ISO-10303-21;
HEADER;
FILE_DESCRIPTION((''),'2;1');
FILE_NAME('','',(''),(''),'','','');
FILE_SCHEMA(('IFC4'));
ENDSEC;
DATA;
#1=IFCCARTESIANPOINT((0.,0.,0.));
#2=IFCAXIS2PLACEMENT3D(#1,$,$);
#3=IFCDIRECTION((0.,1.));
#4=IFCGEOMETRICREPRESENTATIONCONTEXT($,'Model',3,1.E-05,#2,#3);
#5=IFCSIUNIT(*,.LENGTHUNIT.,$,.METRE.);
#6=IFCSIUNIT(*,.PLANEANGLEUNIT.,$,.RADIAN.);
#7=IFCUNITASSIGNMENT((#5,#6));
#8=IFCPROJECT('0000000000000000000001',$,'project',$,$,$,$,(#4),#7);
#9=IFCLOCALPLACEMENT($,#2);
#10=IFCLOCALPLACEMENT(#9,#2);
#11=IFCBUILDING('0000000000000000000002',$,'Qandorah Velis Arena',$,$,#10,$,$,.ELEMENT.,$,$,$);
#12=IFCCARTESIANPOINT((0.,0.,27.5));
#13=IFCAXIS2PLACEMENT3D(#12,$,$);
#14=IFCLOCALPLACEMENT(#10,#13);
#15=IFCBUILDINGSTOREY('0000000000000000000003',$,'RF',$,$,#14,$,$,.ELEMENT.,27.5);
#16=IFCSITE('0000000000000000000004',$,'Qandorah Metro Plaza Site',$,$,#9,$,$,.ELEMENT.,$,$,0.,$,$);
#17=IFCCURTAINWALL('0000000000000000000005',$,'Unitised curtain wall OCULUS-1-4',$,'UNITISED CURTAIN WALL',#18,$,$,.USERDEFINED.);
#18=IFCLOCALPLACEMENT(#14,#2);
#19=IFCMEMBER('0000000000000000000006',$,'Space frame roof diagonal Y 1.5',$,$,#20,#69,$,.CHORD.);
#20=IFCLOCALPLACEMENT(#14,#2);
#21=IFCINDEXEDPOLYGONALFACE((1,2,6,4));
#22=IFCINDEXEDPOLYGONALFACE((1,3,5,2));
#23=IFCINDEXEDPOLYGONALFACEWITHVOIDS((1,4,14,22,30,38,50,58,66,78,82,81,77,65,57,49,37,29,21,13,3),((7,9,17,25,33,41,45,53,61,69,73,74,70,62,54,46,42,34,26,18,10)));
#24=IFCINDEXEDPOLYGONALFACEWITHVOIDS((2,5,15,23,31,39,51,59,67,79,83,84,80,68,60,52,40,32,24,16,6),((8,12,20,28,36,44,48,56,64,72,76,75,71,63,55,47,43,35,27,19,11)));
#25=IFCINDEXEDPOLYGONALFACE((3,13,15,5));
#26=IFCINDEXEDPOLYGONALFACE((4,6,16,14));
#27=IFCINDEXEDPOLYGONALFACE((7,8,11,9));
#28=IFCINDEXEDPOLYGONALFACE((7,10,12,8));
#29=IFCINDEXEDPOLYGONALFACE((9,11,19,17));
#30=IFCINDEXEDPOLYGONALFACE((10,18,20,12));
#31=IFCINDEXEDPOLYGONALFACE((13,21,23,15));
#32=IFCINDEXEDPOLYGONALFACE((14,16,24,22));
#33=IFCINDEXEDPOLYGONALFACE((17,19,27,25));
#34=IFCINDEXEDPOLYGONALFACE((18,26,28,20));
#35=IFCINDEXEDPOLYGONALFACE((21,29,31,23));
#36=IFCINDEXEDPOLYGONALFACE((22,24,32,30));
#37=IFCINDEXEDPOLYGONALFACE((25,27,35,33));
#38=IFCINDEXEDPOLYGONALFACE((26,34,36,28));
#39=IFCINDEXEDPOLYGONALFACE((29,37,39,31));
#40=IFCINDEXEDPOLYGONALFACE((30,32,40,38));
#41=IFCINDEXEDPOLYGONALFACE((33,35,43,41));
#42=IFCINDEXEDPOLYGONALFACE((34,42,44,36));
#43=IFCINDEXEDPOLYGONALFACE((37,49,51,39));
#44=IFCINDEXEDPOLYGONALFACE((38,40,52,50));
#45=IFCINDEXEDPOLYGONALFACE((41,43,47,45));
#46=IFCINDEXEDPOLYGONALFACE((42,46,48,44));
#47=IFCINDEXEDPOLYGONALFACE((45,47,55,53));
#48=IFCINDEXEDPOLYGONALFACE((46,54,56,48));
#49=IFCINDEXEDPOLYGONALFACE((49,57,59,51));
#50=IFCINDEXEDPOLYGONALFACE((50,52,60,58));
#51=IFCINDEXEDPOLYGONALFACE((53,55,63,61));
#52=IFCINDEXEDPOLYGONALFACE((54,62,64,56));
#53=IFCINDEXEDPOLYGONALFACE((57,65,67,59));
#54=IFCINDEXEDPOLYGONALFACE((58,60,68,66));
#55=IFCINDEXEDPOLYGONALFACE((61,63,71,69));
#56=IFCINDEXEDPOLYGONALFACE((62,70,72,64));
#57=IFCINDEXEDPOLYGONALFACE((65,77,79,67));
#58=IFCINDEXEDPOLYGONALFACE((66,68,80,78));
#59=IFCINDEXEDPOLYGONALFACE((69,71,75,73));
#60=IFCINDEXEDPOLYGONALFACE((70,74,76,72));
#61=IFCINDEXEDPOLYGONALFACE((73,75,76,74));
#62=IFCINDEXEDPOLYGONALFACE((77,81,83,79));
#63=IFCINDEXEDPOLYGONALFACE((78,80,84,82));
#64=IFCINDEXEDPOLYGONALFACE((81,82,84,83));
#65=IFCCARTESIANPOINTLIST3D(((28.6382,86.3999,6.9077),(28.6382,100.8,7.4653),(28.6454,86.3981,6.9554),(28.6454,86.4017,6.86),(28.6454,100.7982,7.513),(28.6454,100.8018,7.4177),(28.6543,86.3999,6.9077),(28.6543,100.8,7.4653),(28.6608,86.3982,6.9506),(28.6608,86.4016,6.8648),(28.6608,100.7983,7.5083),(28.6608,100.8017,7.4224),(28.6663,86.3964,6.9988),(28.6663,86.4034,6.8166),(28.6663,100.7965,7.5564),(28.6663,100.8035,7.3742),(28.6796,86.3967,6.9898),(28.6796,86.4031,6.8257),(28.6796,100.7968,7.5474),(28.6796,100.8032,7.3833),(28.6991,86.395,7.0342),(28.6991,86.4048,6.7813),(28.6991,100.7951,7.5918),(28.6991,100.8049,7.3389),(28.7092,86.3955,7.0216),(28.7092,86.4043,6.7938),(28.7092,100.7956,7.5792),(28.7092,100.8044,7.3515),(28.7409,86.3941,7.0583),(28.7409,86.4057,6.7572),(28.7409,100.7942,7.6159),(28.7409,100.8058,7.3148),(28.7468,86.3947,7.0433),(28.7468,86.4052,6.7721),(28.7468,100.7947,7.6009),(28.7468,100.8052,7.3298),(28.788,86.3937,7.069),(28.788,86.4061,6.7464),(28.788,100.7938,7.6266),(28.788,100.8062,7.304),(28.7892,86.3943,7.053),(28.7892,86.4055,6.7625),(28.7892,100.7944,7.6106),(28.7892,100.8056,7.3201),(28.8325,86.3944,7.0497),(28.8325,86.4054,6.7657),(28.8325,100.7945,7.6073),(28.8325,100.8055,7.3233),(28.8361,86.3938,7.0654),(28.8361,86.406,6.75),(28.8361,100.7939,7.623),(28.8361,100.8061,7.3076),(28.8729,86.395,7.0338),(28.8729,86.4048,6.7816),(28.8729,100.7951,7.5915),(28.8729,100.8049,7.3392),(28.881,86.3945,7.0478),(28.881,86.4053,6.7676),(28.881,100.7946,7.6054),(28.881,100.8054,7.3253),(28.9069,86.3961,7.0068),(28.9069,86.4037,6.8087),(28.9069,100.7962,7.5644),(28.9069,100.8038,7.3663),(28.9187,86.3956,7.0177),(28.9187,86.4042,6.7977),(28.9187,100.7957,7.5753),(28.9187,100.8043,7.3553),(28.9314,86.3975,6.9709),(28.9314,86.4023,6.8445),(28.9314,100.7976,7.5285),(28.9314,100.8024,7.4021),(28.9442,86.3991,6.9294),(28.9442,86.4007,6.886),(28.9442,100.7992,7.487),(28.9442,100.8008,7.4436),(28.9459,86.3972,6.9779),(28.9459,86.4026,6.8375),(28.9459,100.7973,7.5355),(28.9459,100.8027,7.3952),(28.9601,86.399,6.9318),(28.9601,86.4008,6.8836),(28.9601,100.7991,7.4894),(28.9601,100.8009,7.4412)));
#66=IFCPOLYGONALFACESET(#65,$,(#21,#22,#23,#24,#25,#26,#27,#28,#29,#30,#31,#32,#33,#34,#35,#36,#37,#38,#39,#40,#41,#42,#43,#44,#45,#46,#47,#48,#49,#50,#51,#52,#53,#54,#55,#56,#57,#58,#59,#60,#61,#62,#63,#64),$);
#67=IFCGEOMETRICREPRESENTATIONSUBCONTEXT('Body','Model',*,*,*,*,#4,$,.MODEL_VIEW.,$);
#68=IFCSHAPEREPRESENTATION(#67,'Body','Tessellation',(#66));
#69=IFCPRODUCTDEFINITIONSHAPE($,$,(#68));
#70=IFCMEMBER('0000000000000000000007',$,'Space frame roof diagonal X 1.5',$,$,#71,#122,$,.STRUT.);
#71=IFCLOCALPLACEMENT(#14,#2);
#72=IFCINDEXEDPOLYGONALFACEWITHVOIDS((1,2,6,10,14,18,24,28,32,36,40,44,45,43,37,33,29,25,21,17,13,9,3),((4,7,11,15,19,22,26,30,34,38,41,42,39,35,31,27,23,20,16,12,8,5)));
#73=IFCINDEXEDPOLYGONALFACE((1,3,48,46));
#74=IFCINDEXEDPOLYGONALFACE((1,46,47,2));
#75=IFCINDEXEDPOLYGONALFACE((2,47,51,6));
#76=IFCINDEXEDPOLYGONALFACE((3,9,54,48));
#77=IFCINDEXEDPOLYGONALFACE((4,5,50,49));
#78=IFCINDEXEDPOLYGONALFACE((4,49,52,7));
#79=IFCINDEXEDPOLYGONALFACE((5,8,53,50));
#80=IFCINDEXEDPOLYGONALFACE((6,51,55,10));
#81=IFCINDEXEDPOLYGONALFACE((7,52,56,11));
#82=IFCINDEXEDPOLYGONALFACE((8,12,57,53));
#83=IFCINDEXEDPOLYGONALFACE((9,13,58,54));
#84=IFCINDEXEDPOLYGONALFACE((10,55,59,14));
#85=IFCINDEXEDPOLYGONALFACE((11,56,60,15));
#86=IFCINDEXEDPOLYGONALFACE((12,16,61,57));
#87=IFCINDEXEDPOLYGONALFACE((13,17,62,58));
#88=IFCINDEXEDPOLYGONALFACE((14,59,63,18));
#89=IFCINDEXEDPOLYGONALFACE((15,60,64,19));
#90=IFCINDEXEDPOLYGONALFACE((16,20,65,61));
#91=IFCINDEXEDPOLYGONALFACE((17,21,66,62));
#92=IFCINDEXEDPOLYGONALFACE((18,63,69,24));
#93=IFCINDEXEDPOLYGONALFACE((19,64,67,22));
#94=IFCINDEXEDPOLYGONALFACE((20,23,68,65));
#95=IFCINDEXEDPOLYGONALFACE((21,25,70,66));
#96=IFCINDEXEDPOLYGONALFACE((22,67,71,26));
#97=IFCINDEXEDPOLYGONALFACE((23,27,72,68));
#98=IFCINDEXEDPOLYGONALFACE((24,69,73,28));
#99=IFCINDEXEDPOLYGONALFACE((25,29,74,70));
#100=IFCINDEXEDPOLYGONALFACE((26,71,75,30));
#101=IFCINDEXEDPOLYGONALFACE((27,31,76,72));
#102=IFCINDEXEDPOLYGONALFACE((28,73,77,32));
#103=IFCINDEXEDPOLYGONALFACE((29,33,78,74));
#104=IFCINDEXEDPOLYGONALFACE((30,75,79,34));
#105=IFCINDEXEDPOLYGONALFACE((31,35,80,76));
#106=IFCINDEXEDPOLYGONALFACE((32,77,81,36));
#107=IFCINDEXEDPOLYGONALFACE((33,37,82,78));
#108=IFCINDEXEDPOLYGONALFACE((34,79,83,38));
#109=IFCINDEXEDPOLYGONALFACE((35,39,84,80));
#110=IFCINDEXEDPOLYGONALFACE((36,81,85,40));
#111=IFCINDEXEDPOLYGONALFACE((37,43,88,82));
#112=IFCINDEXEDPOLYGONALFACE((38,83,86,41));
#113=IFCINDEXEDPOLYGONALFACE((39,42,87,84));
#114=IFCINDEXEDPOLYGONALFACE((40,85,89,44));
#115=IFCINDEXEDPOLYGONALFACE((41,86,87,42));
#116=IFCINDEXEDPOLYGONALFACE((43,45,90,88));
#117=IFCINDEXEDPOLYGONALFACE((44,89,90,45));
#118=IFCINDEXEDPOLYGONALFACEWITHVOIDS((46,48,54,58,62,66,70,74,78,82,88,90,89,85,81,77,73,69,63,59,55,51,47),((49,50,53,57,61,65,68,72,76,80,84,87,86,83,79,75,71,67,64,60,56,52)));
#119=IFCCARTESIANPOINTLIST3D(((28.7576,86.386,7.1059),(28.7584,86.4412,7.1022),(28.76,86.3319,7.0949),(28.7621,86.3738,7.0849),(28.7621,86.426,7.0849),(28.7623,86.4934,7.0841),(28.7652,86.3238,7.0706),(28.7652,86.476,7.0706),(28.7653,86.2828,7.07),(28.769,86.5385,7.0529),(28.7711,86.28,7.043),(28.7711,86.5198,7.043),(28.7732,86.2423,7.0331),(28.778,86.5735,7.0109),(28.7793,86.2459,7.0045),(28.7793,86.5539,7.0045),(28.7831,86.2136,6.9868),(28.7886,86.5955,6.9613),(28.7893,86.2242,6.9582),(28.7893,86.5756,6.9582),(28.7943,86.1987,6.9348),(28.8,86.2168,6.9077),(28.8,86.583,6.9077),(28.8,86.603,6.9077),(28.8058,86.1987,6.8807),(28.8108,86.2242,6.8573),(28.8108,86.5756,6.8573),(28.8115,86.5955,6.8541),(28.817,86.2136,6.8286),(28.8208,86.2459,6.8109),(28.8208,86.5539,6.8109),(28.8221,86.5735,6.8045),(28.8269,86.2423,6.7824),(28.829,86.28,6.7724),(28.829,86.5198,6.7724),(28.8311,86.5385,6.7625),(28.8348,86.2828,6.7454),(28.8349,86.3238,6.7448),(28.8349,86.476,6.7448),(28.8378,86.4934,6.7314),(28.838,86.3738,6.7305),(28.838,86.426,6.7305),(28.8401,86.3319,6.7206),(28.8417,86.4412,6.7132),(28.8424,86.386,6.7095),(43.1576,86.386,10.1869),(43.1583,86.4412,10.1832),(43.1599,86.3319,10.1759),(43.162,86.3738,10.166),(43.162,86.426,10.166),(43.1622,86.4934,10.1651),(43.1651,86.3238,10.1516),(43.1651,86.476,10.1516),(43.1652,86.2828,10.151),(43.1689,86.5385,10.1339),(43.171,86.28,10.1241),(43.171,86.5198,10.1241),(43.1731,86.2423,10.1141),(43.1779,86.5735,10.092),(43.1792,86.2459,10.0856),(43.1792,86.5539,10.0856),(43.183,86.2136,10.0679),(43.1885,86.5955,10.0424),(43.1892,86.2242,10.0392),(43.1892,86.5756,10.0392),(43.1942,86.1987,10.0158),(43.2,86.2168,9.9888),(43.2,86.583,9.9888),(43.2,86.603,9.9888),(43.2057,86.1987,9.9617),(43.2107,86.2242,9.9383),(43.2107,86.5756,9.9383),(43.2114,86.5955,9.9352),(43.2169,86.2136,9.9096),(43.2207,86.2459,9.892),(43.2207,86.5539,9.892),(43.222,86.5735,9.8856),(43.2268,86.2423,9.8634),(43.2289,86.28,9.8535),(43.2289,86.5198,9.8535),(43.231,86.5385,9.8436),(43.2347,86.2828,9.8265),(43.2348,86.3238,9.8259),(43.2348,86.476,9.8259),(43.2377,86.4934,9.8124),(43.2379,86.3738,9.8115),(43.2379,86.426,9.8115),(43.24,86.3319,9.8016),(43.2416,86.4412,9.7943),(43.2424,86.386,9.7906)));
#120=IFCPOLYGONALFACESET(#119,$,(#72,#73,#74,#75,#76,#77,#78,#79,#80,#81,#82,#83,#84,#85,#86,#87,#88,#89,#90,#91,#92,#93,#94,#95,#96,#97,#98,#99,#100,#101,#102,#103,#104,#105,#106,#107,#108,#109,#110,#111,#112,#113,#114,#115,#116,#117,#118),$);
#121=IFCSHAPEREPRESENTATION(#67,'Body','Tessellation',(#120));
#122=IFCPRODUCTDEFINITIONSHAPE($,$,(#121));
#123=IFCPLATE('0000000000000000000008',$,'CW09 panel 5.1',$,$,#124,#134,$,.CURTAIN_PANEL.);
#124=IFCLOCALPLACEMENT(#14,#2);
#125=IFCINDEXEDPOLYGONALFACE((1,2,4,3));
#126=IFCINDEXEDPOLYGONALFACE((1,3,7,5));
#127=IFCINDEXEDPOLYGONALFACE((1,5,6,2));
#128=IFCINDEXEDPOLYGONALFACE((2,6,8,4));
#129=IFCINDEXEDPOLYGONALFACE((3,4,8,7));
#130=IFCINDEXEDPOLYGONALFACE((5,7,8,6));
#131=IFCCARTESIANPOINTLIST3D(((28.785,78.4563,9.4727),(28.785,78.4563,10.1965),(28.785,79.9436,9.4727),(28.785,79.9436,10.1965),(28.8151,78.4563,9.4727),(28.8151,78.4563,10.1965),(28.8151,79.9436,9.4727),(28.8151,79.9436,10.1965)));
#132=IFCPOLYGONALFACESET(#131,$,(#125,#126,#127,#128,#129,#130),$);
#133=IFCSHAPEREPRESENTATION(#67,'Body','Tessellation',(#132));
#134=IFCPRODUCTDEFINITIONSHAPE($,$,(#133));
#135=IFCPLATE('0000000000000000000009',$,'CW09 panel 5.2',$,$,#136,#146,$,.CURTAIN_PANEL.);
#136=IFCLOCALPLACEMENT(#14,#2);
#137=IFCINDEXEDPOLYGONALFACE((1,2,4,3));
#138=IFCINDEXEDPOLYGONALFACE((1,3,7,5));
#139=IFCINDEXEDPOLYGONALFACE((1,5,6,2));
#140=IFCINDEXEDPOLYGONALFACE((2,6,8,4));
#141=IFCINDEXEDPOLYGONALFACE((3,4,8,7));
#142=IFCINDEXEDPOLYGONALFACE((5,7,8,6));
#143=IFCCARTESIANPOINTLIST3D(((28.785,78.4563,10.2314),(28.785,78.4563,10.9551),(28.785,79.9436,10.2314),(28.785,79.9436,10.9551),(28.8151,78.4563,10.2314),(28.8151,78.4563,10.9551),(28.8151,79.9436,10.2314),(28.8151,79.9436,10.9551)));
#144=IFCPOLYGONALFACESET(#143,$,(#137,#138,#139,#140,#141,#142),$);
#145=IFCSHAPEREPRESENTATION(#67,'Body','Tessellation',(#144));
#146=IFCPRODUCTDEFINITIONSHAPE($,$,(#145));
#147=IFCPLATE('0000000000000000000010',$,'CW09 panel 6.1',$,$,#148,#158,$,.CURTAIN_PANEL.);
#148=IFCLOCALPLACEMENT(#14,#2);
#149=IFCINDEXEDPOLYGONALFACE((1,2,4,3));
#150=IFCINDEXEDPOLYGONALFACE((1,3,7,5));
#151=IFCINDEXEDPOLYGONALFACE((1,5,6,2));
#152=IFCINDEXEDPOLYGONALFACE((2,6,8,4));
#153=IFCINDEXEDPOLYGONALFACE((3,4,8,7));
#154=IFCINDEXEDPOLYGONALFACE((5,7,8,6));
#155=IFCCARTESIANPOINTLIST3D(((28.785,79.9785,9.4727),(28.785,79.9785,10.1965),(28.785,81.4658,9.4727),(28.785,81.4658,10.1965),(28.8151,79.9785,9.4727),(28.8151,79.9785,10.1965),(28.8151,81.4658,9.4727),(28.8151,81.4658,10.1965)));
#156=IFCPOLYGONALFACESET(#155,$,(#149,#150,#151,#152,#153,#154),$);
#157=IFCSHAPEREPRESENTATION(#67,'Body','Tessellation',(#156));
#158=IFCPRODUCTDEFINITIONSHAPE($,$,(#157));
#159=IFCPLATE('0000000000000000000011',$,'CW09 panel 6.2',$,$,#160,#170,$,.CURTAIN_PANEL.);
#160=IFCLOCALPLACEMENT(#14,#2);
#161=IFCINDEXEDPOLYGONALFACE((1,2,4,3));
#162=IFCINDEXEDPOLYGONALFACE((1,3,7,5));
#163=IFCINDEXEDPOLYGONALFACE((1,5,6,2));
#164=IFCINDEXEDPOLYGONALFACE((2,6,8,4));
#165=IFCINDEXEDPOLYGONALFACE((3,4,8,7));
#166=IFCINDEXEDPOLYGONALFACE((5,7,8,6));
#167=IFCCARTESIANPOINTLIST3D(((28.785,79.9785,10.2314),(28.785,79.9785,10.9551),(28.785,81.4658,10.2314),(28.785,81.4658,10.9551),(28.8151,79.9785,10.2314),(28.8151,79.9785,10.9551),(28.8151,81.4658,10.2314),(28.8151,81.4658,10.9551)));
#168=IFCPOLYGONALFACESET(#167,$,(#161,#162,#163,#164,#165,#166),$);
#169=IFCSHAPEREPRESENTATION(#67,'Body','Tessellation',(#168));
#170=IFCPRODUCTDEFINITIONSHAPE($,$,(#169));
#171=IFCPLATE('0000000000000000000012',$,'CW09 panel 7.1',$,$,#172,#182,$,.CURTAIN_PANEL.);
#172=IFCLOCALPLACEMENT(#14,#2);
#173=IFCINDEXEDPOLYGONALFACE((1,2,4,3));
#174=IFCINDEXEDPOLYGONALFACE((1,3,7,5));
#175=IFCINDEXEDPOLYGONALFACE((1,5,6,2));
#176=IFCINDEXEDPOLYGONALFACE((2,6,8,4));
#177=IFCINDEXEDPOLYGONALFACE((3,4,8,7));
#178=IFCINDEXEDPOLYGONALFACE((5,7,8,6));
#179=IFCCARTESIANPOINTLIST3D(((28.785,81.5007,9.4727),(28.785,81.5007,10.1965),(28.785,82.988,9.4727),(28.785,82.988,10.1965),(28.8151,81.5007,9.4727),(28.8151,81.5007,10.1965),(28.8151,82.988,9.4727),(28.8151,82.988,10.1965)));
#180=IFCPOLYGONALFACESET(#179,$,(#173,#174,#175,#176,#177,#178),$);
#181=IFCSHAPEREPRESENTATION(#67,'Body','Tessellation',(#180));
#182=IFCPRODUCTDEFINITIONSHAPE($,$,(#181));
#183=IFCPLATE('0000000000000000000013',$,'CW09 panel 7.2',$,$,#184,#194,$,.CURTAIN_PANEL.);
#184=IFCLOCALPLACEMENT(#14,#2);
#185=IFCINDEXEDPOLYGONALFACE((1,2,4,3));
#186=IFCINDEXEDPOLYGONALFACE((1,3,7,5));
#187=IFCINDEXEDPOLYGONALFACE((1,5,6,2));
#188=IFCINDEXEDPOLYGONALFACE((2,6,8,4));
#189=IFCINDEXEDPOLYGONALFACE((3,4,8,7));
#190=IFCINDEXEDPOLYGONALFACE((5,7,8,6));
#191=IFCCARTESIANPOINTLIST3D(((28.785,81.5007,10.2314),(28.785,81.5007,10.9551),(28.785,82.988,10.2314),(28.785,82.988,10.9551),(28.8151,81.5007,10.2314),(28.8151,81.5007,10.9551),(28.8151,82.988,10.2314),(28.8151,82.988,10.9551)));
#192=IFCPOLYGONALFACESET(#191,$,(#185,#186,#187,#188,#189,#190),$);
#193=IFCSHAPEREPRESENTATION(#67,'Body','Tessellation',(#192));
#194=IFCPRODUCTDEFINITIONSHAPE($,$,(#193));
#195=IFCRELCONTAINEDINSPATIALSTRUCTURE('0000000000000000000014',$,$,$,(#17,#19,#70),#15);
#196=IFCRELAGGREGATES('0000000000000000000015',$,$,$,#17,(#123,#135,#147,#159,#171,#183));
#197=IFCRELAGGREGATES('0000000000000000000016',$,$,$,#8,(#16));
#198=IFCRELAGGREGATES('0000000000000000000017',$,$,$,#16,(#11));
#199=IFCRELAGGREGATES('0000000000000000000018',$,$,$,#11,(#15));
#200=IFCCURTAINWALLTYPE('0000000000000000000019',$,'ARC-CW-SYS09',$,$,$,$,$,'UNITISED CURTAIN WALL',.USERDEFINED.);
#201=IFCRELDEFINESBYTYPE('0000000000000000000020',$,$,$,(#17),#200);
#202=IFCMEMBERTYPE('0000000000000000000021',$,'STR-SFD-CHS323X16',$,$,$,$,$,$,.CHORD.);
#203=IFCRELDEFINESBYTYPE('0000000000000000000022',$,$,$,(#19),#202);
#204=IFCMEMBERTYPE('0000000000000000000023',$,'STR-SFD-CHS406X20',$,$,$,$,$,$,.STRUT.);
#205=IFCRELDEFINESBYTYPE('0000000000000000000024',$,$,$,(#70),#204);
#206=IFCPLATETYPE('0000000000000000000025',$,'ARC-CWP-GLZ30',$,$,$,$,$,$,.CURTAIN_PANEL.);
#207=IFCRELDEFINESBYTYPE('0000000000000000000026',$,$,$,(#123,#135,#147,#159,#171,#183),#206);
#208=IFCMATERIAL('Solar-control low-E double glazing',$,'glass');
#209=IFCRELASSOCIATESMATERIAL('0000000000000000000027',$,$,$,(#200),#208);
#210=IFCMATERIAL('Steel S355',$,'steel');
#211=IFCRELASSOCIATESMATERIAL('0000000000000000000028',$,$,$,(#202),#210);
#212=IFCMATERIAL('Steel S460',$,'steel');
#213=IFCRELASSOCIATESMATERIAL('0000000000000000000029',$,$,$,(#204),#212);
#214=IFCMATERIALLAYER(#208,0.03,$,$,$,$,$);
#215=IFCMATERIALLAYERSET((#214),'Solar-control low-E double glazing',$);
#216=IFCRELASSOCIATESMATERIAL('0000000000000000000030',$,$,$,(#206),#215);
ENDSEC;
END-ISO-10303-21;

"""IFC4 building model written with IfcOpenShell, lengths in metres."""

from ifc_helpers import new_model, si_unit, direction, frame, origin, origin_2d, place, context, subcontext, project, spatial, rectangle, hollow_circle, extrude, material, layer, layer_set, material_profile, profile_set, type_object, element, aggregate, save


model = new_model("IFC4")

# Units and contexts
model_context = context("Model", 3, precision=1e-05, world=origin(), true_north=direction((0.0, 1.0)))
body_context = subcontext(model_context, "Body", "Model", "MODEL_VIEW")
ifc_project = project(units=[si_unit("LENGTHUNIT", "METRE"), si_unit("PLANEANGLEUNIT", "RADIAN")], contexts=[model_context])

# Site, building, storey
site_placement = place(None, origin())
site = spatial("IfcSite", under=ifc_project, at=site_placement, Name="Qandorah Metro Plaza Site", CompositionType="ELEMENT", RefElevation=0.0)
building_placement = place(site_placement, origin())
building = spatial("IfcBuilding", under=site, at=building_placement, Name="Qandorah Velis Arena", CompositionType="ELEMENT")
storey_placement = place(building_placement, frame((0.0, 0.0, 27.5)))
storey = spatial("IfcBuildingStorey", under=building, at=storey_placement, Name="RF", CompositionType="ELEMENT", Elevation=27.5)

# Curtain wall
ifc_material_1 = material(Name="Solar-control low-E double glazing", Category="glass")
curtain_wall_type_1 = type_object("IfcCurtainWallType", Name="ARC-CW-SYS09", ElementType="UNITISED CURTAIN WALL", PredefinedType="USERDEFINED", material=ifc_material_1)
curtain_wall_1_placement = place(storey_placement, origin())
curtain_wall_1 = element("IfcCurtainWall", 1, at=curtain_wall_1_placement, inside=storey, type_object=curtain_wall_type_1, Name="Unitised curtain wall OCULUS-1-4", ObjectType="UNITISED CURTAIN WALL", PredefinedType="USERDEFINED")

# Shared definitions
ifc_material_2 = material(Name="Steel S355", Category="steel")

# Members
ifc_material_profile_1 = material_profile(ifc_material_2, hollow_circle(Radius=0.1619, WallThickness=0.0161, at=origin_2d()), Name="CHS 323.9x16")
ifc_profile_set_1 = profile_set([ifc_material_profile_1], Name="Steel S355")
member_type_1 = type_object("IfcMemberType", Name="STR-SFD-CHS323X16", PredefinedType="CHORD", material=ifc_profile_set_1)
member_1_placement = place(storey_placement, frame((28.8, 86.3999, 6.9077), z_axis=(0.0, 0.999251, 0.038694), x_axis=(-1.0, 0.0, 0.0)))
element("IfcMember", 2, at=member_1_placement, inside=storey, type_object=member_type_1, Name="Space frame roof diagonal Y 1.5", PredefinedType="CHORD", context=body_context, shape_type="SweptSolid", body=[
    extrude(hollow_circle(Radius=0.1619, WallThickness=0.0161, at=origin_2d()), origin(), (0.0, 0.0, 1.0), 14.4109),
])
ifc_material_3 = material(Name="Steel S460", Category="steel")
ifc_material_profile_2 = material_profile(ifc_material_3, hollow_circle(Radius=0.2031, WallThickness=0.02, at=origin_2d()), Name="CHS 406.4x20")
ifc_profile_set_2 = profile_set([ifc_material_profile_2], Name="Steel S460")
member_type_2 = type_object("IfcMemberType", Name="STR-SFD-CHS406X20", PredefinedType="STRUT", material=ifc_profile_set_2)
member_2_placement = place(storey_placement, frame((28.8, 86.3999, 6.9077), z_axis=(0.977867, 0.0, 0.209228), x_axis=(0.0, 1.0, 0.0)))
element("IfcMember", 3, at=member_2_placement, inside=storey, type_object=member_type_2, Name="Space frame roof diagonal X 1.5", PredefinedType="STRUT", context=body_context, shape_type="SweptSolid", body=[
    extrude(hollow_circle(Radius=0.2031, WallThickness=0.02, at=origin_2d()), origin(), (0.0, 0.0, 1.0), 14.7258),
])

# Plates
ifc_layer_1 = layer(ifc_material_1, 0.03)
ifc_layer_set_1 = layer_set([ifc_layer_1], Name="Solar-control low-E double glazing")
plate_type_1 = type_object("IfcPlateType", Name="ARC-CWP-GLZ30", PredefinedType="CURTAIN_PANEL", material=ifc_layer_set_1)
plate_1_placement = place(storey_placement, frame((28.8, 79.2, 9.4727), z_axis=(0.0, 0.0, 1.0), x_axis=(0.0, 1.0, 0.0)))
plate_1 = element("IfcPlate", 4, at=plate_1_placement, type_object=plate_type_1, Name="CW09 panel 5.1", PredefinedType="CURTAIN_PANEL", context=body_context, shape_type="SweptSolid", body=[
    extrude(rectangle(XDim=1.4873, YDim=0.03, at=origin_2d()), origin(), (0.0, 0.0, 1.0), 0.7239),
])
plate_2_placement = place(storey_placement, frame((28.8, 79.2, 10.2314), z_axis=(0.0, 0.0, 1.0), x_axis=(0.0, 1.0, 0.0)))
plate_2 = element("IfcPlate", 5, at=plate_2_placement, type_object=plate_type_1, Name="CW09 panel 5.2", PredefinedType="CURTAIN_PANEL", context=body_context, shape_type="SweptSolid", body=[
    extrude(rectangle(XDim=1.4873, YDim=0.03, at=origin_2d()), origin(), (0.0, 0.0, 1.0), 0.7236),
])
plate_3_placement = place(storey_placement, frame((28.8, 80.7222, 9.4727), z_axis=(0.0, 0.0, 1.0), x_axis=(0.0, 1.0, 0.0)))
plate_3 = element("IfcPlate", 6, at=plate_3_placement, type_object=plate_type_1, Name="CW09 panel 6.1", PredefinedType="CURTAIN_PANEL", context=body_context, shape_type="SweptSolid", body=[
    extrude(rectangle(XDim=1.4873, YDim=0.03, at=origin_2d()), origin(), (0.0, 0.0, 1.0), 0.7239),
])
plate_4_placement = place(storey_placement, frame((28.8, 80.7222, 10.2314), z_axis=(0.0, 0.0, 1.0), x_axis=(0.0, 1.0, 0.0)))
plate_4 = element("IfcPlate", 7, at=plate_4_placement, type_object=plate_type_1, Name="CW09 panel 6.2", PredefinedType="CURTAIN_PANEL", context=body_context, shape_type="SweptSolid", body=[
    extrude(rectangle(XDim=1.4873, YDim=0.03, at=origin_2d()), origin(), (0.0, 0.0, 1.0), 0.7236),
])
plate_5_placement = place(storey_placement, frame((28.8, 82.2444, 9.4727), z_axis=(0.0, 0.0, 1.0), x_axis=(0.0, 1.0, 0.0)))
plate_5 = element("IfcPlate", 8, at=plate_5_placement, type_object=plate_type_1, Name="CW09 panel 7.1", PredefinedType="CURTAIN_PANEL", context=body_context, shape_type="SweptSolid", body=[
    extrude(rectangle(XDim=1.4873, YDim=0.03, at=origin_2d()), origin(), (0.0, 0.0, 1.0), 0.7239),
])
plate_6_placement = place(storey_placement, frame((28.8, 82.2444, 10.2314), z_axis=(0.0, 0.0, 1.0), x_axis=(0.0, 1.0, 0.0)))
plate_6 = element("IfcPlate", 9, at=plate_6_placement, type_object=plate_type_1, Name="CW09 panel 7.2", PredefinedType="CURTAIN_PANEL", context=body_context, shape_type="SweptSolid", body=[
    extrude(rectangle(XDim=1.4873, YDim=0.03, at=origin_2d()), origin(), (0.0, 0.0, 1.0), 0.7236),
])
aggregate(curtain_wall_1, [plate_1, plate_2, plate_3, plate_4, plate_5, plate_6])

save(model, "model.ifc")
